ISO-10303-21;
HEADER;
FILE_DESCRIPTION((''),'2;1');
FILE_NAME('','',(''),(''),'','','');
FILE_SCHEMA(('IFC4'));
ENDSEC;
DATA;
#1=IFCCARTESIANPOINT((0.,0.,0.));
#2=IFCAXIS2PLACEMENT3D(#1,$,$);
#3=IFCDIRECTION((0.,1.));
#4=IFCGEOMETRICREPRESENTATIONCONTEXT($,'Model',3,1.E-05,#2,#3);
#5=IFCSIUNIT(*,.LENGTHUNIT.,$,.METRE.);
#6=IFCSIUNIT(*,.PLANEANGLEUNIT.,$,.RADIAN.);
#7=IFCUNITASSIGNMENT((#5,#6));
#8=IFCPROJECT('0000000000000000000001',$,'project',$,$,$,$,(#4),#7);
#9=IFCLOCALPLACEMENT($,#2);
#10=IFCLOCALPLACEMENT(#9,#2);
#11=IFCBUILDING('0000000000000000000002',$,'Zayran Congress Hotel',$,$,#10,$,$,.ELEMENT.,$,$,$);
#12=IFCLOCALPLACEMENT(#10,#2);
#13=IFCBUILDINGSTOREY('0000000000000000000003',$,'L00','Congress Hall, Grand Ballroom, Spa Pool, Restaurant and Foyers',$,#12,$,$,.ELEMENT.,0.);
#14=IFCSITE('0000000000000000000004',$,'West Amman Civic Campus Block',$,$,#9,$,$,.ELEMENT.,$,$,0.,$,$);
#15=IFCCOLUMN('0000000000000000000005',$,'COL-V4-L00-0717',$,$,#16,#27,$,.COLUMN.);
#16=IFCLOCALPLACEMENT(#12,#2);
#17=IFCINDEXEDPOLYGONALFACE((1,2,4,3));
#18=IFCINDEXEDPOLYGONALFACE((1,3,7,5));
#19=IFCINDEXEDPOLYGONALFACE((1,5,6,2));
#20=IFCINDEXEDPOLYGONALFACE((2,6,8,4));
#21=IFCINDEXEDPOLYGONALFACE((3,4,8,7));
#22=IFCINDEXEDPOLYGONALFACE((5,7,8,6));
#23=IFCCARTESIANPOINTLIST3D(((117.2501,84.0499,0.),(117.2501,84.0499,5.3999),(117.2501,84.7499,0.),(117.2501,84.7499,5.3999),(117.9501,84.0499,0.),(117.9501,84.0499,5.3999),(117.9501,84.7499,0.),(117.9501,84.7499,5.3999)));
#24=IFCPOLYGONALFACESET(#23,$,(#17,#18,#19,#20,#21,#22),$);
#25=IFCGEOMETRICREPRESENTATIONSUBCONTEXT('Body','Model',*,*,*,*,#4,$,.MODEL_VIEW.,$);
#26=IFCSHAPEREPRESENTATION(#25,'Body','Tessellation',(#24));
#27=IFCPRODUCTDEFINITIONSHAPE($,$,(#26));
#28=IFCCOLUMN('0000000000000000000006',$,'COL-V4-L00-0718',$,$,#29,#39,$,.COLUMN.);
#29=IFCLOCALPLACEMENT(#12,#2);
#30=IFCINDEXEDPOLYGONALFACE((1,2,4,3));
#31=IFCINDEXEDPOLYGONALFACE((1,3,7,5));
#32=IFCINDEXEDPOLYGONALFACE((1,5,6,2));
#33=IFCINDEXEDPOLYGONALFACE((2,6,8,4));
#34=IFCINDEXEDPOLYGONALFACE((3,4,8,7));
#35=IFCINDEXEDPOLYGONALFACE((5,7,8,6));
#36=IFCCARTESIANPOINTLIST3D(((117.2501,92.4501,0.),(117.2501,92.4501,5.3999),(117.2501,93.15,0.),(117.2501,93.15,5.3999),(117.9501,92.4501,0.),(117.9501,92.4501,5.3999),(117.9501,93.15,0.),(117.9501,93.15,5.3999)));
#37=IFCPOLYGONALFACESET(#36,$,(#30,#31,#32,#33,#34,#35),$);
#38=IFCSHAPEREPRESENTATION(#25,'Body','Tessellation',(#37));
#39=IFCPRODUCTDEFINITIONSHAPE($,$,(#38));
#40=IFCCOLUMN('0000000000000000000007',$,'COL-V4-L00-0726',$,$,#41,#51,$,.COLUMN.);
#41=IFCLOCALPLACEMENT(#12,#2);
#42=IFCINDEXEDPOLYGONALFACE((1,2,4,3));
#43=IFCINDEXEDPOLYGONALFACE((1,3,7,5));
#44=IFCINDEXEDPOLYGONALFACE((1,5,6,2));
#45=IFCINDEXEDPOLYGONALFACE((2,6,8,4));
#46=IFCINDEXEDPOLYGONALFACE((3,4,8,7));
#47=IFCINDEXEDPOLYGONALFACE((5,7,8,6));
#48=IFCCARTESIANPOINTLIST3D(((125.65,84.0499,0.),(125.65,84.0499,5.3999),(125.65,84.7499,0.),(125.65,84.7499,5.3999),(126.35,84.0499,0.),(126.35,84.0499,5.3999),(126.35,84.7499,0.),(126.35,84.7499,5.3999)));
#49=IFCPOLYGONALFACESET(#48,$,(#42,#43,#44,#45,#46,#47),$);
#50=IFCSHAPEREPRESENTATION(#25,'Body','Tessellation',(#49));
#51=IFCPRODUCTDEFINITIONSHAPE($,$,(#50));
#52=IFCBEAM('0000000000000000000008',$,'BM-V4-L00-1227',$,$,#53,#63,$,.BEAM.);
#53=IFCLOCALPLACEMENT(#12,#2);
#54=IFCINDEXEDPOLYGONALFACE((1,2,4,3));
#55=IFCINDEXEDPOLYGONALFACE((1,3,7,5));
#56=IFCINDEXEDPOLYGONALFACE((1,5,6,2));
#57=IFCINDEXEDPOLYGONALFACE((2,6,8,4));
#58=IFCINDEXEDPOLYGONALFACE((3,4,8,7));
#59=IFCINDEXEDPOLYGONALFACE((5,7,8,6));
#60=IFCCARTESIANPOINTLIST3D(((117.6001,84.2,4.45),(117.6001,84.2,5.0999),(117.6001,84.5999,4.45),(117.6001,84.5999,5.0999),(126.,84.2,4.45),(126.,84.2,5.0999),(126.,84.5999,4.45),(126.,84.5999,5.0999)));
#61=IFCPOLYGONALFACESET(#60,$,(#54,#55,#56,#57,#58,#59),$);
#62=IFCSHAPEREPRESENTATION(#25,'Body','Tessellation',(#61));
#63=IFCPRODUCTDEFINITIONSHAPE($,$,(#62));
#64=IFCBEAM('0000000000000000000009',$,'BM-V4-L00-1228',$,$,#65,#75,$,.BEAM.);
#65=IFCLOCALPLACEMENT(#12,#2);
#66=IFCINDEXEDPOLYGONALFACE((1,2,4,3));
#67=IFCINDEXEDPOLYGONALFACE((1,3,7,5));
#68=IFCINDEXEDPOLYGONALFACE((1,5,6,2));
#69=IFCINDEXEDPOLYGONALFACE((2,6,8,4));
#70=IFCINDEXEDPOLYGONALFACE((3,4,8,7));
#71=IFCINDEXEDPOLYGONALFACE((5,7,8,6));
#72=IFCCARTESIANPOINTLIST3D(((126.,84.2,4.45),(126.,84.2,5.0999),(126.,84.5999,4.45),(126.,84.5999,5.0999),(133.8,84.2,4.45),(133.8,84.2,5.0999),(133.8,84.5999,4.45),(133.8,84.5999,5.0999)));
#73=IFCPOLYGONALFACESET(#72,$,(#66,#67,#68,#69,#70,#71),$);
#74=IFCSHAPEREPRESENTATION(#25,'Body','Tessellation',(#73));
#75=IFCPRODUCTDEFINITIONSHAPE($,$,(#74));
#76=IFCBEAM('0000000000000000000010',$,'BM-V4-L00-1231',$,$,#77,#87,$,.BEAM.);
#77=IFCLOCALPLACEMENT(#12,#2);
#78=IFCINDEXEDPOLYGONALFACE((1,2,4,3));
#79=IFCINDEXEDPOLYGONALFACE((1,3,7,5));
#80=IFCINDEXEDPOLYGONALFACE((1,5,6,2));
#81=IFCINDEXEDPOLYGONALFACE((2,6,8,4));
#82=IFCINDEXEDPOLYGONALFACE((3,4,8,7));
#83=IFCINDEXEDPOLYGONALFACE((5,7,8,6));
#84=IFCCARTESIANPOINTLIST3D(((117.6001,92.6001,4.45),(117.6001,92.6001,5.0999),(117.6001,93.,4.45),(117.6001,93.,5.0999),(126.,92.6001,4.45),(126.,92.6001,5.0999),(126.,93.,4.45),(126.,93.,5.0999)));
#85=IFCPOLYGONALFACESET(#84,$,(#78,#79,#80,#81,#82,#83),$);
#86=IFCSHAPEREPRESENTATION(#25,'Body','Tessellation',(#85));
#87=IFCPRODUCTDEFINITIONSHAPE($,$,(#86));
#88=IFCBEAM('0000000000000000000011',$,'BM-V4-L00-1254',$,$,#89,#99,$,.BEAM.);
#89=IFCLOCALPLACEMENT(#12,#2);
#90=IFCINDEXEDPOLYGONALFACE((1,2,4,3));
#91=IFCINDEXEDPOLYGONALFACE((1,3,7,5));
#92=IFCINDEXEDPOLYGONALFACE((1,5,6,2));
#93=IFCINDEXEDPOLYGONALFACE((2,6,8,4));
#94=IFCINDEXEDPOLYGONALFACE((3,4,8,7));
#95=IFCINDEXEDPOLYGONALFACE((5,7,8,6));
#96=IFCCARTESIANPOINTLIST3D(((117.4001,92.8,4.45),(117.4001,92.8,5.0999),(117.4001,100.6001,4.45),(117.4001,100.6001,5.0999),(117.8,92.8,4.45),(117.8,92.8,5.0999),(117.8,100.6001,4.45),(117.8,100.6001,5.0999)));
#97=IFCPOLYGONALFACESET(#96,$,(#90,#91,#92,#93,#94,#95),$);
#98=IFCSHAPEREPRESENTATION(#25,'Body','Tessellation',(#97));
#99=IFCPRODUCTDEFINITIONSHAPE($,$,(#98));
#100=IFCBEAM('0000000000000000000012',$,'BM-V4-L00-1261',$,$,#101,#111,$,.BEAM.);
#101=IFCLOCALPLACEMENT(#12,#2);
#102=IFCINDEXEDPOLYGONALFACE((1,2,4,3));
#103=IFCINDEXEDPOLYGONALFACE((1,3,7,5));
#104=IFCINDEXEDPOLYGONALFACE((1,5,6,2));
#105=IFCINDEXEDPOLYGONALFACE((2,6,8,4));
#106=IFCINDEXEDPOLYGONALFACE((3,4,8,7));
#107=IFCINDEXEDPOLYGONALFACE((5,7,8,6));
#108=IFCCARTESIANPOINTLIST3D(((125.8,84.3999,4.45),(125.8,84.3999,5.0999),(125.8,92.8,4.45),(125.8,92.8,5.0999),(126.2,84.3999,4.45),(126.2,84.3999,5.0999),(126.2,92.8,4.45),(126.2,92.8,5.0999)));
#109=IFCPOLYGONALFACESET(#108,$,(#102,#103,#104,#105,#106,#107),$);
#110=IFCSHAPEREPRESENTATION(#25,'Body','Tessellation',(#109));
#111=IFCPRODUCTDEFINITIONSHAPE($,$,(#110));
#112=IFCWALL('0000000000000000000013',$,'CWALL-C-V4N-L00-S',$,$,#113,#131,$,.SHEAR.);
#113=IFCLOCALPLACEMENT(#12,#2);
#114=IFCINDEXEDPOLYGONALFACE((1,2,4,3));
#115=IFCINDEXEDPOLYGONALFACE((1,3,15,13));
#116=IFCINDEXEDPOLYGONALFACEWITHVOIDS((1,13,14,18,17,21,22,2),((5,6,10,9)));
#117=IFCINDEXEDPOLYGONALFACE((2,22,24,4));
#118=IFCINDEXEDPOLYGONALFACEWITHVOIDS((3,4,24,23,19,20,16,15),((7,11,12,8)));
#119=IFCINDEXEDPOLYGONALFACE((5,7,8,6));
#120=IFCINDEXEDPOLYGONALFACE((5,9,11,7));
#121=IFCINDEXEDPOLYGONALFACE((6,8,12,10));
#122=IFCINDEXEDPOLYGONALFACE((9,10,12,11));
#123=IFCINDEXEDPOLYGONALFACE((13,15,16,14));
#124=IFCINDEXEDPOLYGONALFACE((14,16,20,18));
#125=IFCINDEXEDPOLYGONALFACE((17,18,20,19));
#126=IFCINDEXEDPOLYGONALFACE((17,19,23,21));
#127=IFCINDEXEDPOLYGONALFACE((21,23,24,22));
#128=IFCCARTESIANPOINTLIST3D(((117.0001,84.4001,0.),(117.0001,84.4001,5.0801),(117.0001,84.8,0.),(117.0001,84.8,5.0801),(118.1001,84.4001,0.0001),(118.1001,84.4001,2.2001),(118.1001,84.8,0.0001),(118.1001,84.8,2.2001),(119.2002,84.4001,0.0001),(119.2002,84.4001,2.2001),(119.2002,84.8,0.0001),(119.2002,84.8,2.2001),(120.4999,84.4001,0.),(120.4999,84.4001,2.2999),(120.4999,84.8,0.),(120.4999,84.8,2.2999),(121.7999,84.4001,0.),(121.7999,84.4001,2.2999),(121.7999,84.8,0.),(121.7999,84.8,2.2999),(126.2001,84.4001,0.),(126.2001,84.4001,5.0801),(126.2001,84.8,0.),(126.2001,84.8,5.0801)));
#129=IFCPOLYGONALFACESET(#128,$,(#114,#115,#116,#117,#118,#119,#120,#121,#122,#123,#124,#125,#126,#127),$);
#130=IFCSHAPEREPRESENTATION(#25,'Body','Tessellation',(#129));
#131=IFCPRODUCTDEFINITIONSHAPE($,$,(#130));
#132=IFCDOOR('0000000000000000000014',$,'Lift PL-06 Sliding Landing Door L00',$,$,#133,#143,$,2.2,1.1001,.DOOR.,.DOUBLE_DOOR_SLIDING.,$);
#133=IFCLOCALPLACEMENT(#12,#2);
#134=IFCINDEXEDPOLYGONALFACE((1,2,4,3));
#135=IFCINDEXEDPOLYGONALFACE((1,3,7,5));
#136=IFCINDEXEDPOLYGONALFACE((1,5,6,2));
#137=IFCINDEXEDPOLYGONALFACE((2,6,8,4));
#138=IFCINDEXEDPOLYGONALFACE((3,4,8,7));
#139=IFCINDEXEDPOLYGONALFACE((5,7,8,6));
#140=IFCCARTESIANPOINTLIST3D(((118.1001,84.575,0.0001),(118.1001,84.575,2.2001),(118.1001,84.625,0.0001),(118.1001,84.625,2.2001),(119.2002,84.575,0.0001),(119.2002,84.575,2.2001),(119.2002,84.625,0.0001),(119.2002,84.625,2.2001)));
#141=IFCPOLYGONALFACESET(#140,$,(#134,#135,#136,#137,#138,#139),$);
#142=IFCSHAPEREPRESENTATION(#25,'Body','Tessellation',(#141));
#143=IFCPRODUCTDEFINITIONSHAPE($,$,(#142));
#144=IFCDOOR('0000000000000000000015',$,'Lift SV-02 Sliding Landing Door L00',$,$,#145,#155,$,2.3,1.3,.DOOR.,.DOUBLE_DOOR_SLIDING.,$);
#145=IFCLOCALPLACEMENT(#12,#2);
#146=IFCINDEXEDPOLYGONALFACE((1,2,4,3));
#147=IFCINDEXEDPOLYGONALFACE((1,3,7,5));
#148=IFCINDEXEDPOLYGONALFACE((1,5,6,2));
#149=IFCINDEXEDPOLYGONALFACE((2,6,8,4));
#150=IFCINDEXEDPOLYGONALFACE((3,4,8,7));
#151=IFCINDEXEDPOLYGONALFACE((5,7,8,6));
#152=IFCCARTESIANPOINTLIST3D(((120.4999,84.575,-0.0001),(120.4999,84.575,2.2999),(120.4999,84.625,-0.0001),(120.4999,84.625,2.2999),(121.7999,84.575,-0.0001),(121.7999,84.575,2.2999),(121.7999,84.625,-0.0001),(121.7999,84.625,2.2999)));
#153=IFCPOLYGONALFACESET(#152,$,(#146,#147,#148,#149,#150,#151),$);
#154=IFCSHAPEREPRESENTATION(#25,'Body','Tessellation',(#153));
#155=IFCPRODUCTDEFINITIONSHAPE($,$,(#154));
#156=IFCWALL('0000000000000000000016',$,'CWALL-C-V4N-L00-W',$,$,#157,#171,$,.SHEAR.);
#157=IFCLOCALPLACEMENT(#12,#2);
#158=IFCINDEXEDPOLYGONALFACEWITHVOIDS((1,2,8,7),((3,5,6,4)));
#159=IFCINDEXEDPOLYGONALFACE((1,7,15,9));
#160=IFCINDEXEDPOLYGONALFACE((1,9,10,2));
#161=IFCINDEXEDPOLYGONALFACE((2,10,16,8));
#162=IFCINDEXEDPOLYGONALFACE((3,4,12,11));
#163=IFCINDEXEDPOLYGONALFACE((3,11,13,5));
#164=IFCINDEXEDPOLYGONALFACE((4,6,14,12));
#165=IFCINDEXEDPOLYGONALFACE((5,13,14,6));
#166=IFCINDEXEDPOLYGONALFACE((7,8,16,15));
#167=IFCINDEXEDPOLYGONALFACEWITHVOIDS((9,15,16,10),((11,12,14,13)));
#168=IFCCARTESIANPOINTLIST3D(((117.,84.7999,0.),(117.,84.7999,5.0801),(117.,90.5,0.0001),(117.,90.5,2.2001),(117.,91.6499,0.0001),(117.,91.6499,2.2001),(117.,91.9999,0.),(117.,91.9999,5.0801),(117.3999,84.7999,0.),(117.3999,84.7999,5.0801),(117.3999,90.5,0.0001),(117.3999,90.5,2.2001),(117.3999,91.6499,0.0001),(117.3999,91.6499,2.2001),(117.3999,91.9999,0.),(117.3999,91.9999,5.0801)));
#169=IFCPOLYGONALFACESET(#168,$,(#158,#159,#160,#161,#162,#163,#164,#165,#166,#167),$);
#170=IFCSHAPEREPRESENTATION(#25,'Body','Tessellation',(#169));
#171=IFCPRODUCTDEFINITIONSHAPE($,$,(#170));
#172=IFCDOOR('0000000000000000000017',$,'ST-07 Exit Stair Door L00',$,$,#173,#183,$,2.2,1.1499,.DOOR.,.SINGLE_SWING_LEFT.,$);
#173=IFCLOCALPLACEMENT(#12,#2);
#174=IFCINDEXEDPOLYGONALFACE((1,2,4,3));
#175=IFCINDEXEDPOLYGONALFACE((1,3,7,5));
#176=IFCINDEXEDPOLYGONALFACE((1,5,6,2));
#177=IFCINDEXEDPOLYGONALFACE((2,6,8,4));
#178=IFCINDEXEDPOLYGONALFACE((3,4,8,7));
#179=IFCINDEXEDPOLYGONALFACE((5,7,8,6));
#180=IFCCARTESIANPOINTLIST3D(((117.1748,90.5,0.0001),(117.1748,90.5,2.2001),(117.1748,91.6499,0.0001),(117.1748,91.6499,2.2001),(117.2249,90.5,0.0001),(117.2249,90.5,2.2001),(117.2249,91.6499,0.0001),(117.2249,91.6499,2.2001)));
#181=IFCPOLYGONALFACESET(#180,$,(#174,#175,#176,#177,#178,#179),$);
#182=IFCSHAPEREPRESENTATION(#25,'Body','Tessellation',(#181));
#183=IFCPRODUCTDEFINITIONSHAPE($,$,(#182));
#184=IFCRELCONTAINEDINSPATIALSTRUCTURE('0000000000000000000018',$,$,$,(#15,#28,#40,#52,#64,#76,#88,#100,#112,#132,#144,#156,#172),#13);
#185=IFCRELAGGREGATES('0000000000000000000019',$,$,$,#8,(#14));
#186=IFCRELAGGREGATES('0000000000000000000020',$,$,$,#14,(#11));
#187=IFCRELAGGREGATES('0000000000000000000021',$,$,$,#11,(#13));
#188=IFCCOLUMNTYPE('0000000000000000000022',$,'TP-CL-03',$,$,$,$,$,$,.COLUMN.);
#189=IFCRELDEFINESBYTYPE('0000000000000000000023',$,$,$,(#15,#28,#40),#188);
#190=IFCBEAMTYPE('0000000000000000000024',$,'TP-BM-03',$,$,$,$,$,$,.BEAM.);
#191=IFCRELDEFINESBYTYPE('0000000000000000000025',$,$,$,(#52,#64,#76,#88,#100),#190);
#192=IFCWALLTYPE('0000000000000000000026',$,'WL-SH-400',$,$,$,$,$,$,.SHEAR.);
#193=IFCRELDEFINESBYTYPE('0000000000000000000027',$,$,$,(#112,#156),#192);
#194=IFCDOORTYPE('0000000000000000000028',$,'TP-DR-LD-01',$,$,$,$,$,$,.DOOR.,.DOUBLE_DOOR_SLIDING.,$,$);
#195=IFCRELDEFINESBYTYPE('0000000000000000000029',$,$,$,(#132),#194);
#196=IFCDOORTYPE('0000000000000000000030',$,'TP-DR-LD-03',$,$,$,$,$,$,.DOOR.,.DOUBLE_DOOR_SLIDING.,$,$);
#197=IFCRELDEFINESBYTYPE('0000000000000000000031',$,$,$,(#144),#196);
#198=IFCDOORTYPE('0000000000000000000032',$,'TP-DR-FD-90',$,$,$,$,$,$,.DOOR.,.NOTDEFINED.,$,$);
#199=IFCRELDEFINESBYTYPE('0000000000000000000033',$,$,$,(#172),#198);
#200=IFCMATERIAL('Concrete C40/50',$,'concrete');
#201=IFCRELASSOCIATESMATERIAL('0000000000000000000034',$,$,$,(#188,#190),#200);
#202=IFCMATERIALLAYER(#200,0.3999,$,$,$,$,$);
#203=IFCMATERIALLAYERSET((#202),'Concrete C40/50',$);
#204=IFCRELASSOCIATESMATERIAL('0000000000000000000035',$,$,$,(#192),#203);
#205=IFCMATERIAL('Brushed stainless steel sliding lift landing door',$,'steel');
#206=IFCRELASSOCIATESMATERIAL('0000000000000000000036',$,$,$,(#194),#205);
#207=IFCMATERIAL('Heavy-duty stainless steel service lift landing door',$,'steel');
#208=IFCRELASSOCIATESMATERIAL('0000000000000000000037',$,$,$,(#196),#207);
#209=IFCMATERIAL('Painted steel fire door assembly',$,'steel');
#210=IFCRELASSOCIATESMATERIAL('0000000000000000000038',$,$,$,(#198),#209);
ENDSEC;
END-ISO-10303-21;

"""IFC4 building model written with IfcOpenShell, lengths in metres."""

from ifc_helpers import new_model, si_unit, direction, frame, frame_2d, origin, origin_2d, place, context, subcontext, project, spatial, rectangle, extrude, material, layer, layer_set, material_profile, profile_set, type_object, element, fill, save


model = new_model("IFC4")

# Units and contexts
model_context = context("Model", 3, precision=1e-05, world=origin(), true_north=direction((0.0, 1.0)))
body_context = subcontext(model_context, "Body", "Model", "MODEL_VIEW")
ifc_project = project(units=[si_unit("LENGTHUNIT", "METRE"), si_unit("PLANEANGLEUNIT", "RADIAN")], contexts=[model_context])

# Site, building, storey
site_placement = place(None, origin())
site = spatial("IfcSite", under=ifc_project, at=site_placement, Name="West Amman Civic Campus Block", CompositionType="ELEMENT", RefElevation=0.0)
building_placement = place(site_placement, origin())
building = spatial("IfcBuilding", under=site, at=building_placement, Name="Zayran Congress Hotel", CompositionType="ELEMENT")
storey_placement = place(building_placement, origin())
storey = spatial("IfcBuildingStorey", under=building, at=storey_placement, Name="L00", Description="Congress Hall, Grand Ballroom, Spa Pool, Restaurant and Foyers", CompositionType="ELEMENT", Elevation=0.0)

# Columns
ifc_material_1 = material(Name="Concrete C40/50", Category="concrete")
ifc_material_profile_1 = material_profile(ifc_material_1, rectangle(XDim=0.7, YDim=0.7, at=origin_2d()), Name="RC 700x700")
ifc_profile_set_1 = profile_set([ifc_material_profile_1], Name="Concrete C40/50")
column_type = type_object("IfcColumnType", Name="TP-CL-03", PredefinedType="COLUMN", material=ifc_profile_set_1)
for number, where, z_axis, x_axis, name in (
    (1, (117.6001, 84.3999, 0.0), (0.0, 0.0, 1.0), (1.0, 0.0, 0.0), "COL-V4-L00-0717"),
    (2, (117.6001, 92.8, 0.0), (0.0, 0.0, 1.0), (1.0, 0.0, 0.0), "COL-V4-L00-0718"),
    (3, (126.0, 84.3999, 0.0), (0.0, 0.0, 1.0), (1.0, 0.0, 0.0), "COL-V4-L00-0726"),
):
    element("IfcColumn", number, at=place(storey_placement, frame(where, z_axis=z_axis, x_axis=x_axis)), inside=storey, type_object=column_type, Name=name, PredefinedType="COLUMN", context=body_context, shape_type="SweptSolid", body=[
        extrude(rectangle(XDim=0.7, YDim=0.7, at=origin_2d()), origin(), (0.0, 0.0, 1.0), 5.3999),
    ])

# Beams
ifc_material_profile_2 = material_profile(ifc_material_1, rectangle(XDim=0.3999, YDim=0.6499, at=origin_2d()), Name="RC 400x650")
ifc_profile_set_2 = profile_set([ifc_material_profile_2], Name="Concrete C40/50")
beam_type = type_object("IfcBeamType", Name="TP-BM-03", PredefinedType="BEAM", material=ifc_profile_set_2)
beam_1_placement = place(storey_placement, frame((117.6001, 84.3999, 4.7749), z_axis=(1.0, 0.0, 0.0), x_axis=(0.0, 1.0, 0.0)))
element("IfcBeam", 4, at=beam_1_placement, inside=storey, type_object=beam_type, Name="BM-V4-L00-1227", PredefinedType="BEAM", context=body_context, shape_type="SweptSolid", body=[
    extrude(rectangle(XDim=0.3999, YDim=0.6499, at=origin_2d()), origin(), (0.0, 0.0, 1.0), 8.3999),
])
beam_2_placement = place(storey_placement, frame((126.0, 84.3999, 4.7749), z_axis=(1.0, 0.0, 0.0), x_axis=(0.0, 1.0, 0.0)))
element("IfcBeam", 5, at=beam_2_placement, inside=storey, type_object=beam_type, Name="BM-V4-L00-1228", PredefinedType="BEAM", context=body_context, shape_type="SweptSolid", body=[
    extrude(rectangle(XDim=0.3999, YDim=0.6499, at=origin_2d()), origin(), (0.0, 0.0, 1.0), 7.8),
])
beam_3_placement = place(storey_placement, frame((117.6001, 92.8, 4.7749), z_axis=(1.0, 0.0, 0.0), x_axis=(0.0, 1.0, 0.0)))
element("IfcBeam", 6, at=beam_3_placement, inside=storey, type_object=beam_type, Name="BM-V4-L00-1231", PredefinedType="BEAM", context=body_context, shape_type="SweptSolid", body=[
    extrude(rectangle(XDim=0.3999, YDim=0.6499, at=origin_2d()), origin(), (0.0, 0.0, 1.0), 8.3999),
])
beam_4_placement = place(storey_placement, frame((117.6001, 92.8, 4.7749), z_axis=(0.0, 1.0, 0.0), x_axis=(-1.0, 0.0, 0.0)))
element("IfcBeam", 7, at=beam_4_placement, inside=storey, type_object=beam_type, Name="BM-V4-L00-1254", PredefinedType="BEAM", context=body_context, shape_type="SweptSolid", body=[
    extrude(rectangle(XDim=0.3999, YDim=0.6499, at=origin_2d()), origin(), (0.0, 0.0, 1.0), 7.8),
])
beam_5_placement = place(storey_placement, frame((126.0, 84.3999, 4.7749), z_axis=(0.0, 1.0, 0.0), x_axis=(-1.0, 0.0, 0.0)))
element("IfcBeam", 8, at=beam_5_placement, inside=storey, type_object=beam_type, Name="BM-V4-L00-1261", PredefinedType="BEAM", context=body_context, shape_type="SweptSolid", body=[
    extrude(rectangle(XDim=0.3999, YDim=0.6499, at=origin_2d()), origin(), (0.0, 0.0, 1.0), 8.4001),
])

# Wall, openings, doors
ifc_layer_1 = layer(ifc_material_1, 0.3999)
ifc_layer_set_1 = layer_set([ifc_layer_1], Name="Concrete C40/50")
wall_type_1 = type_object("IfcWallType", Name="WL-SH-400", PredefinedType="SHEAR", material=ifc_layer_set_1)
wall_1_placement = place(storey_placement, frame((117.0, 84.6001, 0.0), z_axis=(0.0, 0.0, 1.0), x_axis=(1.0, 0.0, 0.0)))
wall_1 = element("IfcWall", 9, at=wall_1_placement, inside=storey, type_object=wall_type_1, Name="CWALL-C-V4N-L00-S", PredefinedType="SHEAR", context=body_context, shape_type="SweptSolid", body=[
    extrude(rectangle(XDim=9.2, YDim=0.3999, at=frame_2d((4.6001, 0.0))), origin(), (0.0, 0.0, 1.0), 5.0801),
])
opening_1_placement = place(wall_1_placement, frame((1.1001, 0.0, 0.0)))
opening_1 = element("IfcOpeningElement", 10, at=opening_1_placement, cuts=wall_1, PredefinedType="OPENING", context=body_context, shape_type="SweptSolid", body=[
    extrude(rectangle(XDim=1.1001, YDim=2.2, at=frame_2d((0.55, 1.1001))), frame((0.0, 0.21, 0.0), z_axis=(0.0, -1.0, 0.0), x_axis=(1.0, 0.0, 0.0)), (0.0, 0.0, 1.0), 0.4199),
])
opening_2_placement = place(wall_1_placement, frame((3.5, 0.0, 0.0)))
opening_2 = element("IfcOpeningElement", 11, at=opening_2_placement, cuts=wall_1, PredefinedType="OPENING", context=body_context, shape_type="SweptSolid", body=[
    extrude(rectangle(XDim=1.3, YDim=2.3, at=frame_2d((0.6499, 1.1499))), frame((0.0, 0.21, 0.0), z_axis=(0.0, -1.0, 0.0), x_axis=(1.0, 0.0, 0.0)), (0.0, 0.0, 1.0), 0.4199),
])
ifc_material_2 = material(Name="Brushed stainless steel sliding lift landing door", Category="steel")
door_type_1 = type_object("IfcDoorType", Name="TP-DR-LD-01", OperationType="DOUBLE_DOOR_SLIDING", PredefinedType="DOOR", material=ifc_material_2)
door_1_placement = place(opening_1_placement, origin())
door_1 = element("IfcDoor", 12, at=door_1_placement, inside=storey, type_object=door_type_1, Name="Lift PL-06 Sliding Landing Door L00", OperationType="DOUBLE_DOOR_SLIDING", OverallHeight=2.2, OverallWidth=1.1001, PredefinedType="DOOR", context=body_context, shape_type="SweptSolid", body=[
    extrude(rectangle(XDim=1.1001, YDim=2.2, at=frame_2d((0.55, 1.1001))), frame((0.0, 0.0249, 0.0), z_axis=(0.0, -1.0, 0.0), x_axis=(1.0, 0.0, 0.0)), (0.0, 0.0, 1.0), 0.05),
])
fill(opening_1, door_1)
ifc_material_3 = material(Name="Heavy-duty stainless steel service lift landing door", Category="steel")
door_type_2 = type_object("IfcDoorType", Name="TP-DR-LD-03", OperationType="DOUBLE_DOOR_SLIDING", PredefinedType="DOOR", material=ifc_material_3)
door_2_placement = place(opening_2_placement, origin())
door_2 = element("IfcDoor", 13, at=door_2_placement, inside=storey, type_object=door_type_2, Name="Lift SV-02 Sliding Landing Door L00", OperationType="DOUBLE_DOOR_SLIDING", OverallHeight=2.3, OverallWidth=1.3, PredefinedType="DOOR", context=body_context, shape_type="SweptSolid", body=[
    extrude(rectangle(XDim=1.3, YDim=2.3, at=frame_2d((0.6499, 1.1499))), frame((0.0, 0.0249, 0.0), z_axis=(0.0, -1.0, 0.0), x_axis=(1.0, 0.0, 0.0)), (0.0, 0.0, 1.0), 0.05),
])
fill(opening_2, door_2)

# Wall, opening, door
wall_2_placement = place(storey_placement, frame((117.2, 92.0, 0.0), z_axis=(0.0, 0.0, 1.0), x_axis=(0.0, -1.0, 0.0)))
wall_2 = element("IfcWall", 14, at=wall_2_placement, inside=storey, type_object=wall_type_1, Name="CWALL-C-V4N-L00-W", PredefinedType="SHEAR", context=body_context, shape_type="SweptSolid", body=[
    extrude(rectangle(XDim=7.2, YDim=0.3999, at=frame_2d((3.6001, 0.0))), origin(), (0.0, 0.0, 1.0), 5.0801),
])
opening_3_placement = place(wall_2_placement, frame((0.3501, 0.0, 0.0)))
opening_3 = element("IfcOpeningElement", 15, at=opening_3_placement, cuts=wall_2, PredefinedType="OPENING", context=body_context, shape_type="SweptSolid", body=[
    extrude(rectangle(XDim=1.1499, YDim=2.2, at=frame_2d((0.575, 1.1001))), frame((0.0, 0.21, 0.0), z_axis=(0.0, -1.0, 0.0), x_axis=(1.0, 0.0, 0.0)), (0.0, 0.0, 1.0), 0.4199),
])
ifc_material_4 = material(Name="Painted steel fire door assembly", Category="steel")
door_type_3 = type_object("IfcDoorType", Name="TP-DR-FD-90", OperationType="NOTDEFINED", PredefinedType="DOOR", material=ifc_material_4)
door_3_placement = place(opening_3_placement, origin())
door_3 = element("IfcDoor", 16, at=door_3_placement, inside=storey, type_object=door_type_3, Name="ST-07 Exit Stair Door L00", OperationType="SINGLE_SWING_LEFT", OverallHeight=2.2, OverallWidth=1.1499, PredefinedType="DOOR", context=body_context, shape_type="SweptSolid", body=[
    extrude(rectangle(XDim=1.1499, YDim=2.2, at=frame_2d((0.575, 1.1001))), frame((0.0, 0.0249, 0.0), z_axis=(0.0, -1.0, 0.0), x_axis=(1.0, 0.0, 0.0)), (0.0, 0.0, 1.0), 0.05),
])
fill(opening_3, door_3)

save(model, "model.ifc")
